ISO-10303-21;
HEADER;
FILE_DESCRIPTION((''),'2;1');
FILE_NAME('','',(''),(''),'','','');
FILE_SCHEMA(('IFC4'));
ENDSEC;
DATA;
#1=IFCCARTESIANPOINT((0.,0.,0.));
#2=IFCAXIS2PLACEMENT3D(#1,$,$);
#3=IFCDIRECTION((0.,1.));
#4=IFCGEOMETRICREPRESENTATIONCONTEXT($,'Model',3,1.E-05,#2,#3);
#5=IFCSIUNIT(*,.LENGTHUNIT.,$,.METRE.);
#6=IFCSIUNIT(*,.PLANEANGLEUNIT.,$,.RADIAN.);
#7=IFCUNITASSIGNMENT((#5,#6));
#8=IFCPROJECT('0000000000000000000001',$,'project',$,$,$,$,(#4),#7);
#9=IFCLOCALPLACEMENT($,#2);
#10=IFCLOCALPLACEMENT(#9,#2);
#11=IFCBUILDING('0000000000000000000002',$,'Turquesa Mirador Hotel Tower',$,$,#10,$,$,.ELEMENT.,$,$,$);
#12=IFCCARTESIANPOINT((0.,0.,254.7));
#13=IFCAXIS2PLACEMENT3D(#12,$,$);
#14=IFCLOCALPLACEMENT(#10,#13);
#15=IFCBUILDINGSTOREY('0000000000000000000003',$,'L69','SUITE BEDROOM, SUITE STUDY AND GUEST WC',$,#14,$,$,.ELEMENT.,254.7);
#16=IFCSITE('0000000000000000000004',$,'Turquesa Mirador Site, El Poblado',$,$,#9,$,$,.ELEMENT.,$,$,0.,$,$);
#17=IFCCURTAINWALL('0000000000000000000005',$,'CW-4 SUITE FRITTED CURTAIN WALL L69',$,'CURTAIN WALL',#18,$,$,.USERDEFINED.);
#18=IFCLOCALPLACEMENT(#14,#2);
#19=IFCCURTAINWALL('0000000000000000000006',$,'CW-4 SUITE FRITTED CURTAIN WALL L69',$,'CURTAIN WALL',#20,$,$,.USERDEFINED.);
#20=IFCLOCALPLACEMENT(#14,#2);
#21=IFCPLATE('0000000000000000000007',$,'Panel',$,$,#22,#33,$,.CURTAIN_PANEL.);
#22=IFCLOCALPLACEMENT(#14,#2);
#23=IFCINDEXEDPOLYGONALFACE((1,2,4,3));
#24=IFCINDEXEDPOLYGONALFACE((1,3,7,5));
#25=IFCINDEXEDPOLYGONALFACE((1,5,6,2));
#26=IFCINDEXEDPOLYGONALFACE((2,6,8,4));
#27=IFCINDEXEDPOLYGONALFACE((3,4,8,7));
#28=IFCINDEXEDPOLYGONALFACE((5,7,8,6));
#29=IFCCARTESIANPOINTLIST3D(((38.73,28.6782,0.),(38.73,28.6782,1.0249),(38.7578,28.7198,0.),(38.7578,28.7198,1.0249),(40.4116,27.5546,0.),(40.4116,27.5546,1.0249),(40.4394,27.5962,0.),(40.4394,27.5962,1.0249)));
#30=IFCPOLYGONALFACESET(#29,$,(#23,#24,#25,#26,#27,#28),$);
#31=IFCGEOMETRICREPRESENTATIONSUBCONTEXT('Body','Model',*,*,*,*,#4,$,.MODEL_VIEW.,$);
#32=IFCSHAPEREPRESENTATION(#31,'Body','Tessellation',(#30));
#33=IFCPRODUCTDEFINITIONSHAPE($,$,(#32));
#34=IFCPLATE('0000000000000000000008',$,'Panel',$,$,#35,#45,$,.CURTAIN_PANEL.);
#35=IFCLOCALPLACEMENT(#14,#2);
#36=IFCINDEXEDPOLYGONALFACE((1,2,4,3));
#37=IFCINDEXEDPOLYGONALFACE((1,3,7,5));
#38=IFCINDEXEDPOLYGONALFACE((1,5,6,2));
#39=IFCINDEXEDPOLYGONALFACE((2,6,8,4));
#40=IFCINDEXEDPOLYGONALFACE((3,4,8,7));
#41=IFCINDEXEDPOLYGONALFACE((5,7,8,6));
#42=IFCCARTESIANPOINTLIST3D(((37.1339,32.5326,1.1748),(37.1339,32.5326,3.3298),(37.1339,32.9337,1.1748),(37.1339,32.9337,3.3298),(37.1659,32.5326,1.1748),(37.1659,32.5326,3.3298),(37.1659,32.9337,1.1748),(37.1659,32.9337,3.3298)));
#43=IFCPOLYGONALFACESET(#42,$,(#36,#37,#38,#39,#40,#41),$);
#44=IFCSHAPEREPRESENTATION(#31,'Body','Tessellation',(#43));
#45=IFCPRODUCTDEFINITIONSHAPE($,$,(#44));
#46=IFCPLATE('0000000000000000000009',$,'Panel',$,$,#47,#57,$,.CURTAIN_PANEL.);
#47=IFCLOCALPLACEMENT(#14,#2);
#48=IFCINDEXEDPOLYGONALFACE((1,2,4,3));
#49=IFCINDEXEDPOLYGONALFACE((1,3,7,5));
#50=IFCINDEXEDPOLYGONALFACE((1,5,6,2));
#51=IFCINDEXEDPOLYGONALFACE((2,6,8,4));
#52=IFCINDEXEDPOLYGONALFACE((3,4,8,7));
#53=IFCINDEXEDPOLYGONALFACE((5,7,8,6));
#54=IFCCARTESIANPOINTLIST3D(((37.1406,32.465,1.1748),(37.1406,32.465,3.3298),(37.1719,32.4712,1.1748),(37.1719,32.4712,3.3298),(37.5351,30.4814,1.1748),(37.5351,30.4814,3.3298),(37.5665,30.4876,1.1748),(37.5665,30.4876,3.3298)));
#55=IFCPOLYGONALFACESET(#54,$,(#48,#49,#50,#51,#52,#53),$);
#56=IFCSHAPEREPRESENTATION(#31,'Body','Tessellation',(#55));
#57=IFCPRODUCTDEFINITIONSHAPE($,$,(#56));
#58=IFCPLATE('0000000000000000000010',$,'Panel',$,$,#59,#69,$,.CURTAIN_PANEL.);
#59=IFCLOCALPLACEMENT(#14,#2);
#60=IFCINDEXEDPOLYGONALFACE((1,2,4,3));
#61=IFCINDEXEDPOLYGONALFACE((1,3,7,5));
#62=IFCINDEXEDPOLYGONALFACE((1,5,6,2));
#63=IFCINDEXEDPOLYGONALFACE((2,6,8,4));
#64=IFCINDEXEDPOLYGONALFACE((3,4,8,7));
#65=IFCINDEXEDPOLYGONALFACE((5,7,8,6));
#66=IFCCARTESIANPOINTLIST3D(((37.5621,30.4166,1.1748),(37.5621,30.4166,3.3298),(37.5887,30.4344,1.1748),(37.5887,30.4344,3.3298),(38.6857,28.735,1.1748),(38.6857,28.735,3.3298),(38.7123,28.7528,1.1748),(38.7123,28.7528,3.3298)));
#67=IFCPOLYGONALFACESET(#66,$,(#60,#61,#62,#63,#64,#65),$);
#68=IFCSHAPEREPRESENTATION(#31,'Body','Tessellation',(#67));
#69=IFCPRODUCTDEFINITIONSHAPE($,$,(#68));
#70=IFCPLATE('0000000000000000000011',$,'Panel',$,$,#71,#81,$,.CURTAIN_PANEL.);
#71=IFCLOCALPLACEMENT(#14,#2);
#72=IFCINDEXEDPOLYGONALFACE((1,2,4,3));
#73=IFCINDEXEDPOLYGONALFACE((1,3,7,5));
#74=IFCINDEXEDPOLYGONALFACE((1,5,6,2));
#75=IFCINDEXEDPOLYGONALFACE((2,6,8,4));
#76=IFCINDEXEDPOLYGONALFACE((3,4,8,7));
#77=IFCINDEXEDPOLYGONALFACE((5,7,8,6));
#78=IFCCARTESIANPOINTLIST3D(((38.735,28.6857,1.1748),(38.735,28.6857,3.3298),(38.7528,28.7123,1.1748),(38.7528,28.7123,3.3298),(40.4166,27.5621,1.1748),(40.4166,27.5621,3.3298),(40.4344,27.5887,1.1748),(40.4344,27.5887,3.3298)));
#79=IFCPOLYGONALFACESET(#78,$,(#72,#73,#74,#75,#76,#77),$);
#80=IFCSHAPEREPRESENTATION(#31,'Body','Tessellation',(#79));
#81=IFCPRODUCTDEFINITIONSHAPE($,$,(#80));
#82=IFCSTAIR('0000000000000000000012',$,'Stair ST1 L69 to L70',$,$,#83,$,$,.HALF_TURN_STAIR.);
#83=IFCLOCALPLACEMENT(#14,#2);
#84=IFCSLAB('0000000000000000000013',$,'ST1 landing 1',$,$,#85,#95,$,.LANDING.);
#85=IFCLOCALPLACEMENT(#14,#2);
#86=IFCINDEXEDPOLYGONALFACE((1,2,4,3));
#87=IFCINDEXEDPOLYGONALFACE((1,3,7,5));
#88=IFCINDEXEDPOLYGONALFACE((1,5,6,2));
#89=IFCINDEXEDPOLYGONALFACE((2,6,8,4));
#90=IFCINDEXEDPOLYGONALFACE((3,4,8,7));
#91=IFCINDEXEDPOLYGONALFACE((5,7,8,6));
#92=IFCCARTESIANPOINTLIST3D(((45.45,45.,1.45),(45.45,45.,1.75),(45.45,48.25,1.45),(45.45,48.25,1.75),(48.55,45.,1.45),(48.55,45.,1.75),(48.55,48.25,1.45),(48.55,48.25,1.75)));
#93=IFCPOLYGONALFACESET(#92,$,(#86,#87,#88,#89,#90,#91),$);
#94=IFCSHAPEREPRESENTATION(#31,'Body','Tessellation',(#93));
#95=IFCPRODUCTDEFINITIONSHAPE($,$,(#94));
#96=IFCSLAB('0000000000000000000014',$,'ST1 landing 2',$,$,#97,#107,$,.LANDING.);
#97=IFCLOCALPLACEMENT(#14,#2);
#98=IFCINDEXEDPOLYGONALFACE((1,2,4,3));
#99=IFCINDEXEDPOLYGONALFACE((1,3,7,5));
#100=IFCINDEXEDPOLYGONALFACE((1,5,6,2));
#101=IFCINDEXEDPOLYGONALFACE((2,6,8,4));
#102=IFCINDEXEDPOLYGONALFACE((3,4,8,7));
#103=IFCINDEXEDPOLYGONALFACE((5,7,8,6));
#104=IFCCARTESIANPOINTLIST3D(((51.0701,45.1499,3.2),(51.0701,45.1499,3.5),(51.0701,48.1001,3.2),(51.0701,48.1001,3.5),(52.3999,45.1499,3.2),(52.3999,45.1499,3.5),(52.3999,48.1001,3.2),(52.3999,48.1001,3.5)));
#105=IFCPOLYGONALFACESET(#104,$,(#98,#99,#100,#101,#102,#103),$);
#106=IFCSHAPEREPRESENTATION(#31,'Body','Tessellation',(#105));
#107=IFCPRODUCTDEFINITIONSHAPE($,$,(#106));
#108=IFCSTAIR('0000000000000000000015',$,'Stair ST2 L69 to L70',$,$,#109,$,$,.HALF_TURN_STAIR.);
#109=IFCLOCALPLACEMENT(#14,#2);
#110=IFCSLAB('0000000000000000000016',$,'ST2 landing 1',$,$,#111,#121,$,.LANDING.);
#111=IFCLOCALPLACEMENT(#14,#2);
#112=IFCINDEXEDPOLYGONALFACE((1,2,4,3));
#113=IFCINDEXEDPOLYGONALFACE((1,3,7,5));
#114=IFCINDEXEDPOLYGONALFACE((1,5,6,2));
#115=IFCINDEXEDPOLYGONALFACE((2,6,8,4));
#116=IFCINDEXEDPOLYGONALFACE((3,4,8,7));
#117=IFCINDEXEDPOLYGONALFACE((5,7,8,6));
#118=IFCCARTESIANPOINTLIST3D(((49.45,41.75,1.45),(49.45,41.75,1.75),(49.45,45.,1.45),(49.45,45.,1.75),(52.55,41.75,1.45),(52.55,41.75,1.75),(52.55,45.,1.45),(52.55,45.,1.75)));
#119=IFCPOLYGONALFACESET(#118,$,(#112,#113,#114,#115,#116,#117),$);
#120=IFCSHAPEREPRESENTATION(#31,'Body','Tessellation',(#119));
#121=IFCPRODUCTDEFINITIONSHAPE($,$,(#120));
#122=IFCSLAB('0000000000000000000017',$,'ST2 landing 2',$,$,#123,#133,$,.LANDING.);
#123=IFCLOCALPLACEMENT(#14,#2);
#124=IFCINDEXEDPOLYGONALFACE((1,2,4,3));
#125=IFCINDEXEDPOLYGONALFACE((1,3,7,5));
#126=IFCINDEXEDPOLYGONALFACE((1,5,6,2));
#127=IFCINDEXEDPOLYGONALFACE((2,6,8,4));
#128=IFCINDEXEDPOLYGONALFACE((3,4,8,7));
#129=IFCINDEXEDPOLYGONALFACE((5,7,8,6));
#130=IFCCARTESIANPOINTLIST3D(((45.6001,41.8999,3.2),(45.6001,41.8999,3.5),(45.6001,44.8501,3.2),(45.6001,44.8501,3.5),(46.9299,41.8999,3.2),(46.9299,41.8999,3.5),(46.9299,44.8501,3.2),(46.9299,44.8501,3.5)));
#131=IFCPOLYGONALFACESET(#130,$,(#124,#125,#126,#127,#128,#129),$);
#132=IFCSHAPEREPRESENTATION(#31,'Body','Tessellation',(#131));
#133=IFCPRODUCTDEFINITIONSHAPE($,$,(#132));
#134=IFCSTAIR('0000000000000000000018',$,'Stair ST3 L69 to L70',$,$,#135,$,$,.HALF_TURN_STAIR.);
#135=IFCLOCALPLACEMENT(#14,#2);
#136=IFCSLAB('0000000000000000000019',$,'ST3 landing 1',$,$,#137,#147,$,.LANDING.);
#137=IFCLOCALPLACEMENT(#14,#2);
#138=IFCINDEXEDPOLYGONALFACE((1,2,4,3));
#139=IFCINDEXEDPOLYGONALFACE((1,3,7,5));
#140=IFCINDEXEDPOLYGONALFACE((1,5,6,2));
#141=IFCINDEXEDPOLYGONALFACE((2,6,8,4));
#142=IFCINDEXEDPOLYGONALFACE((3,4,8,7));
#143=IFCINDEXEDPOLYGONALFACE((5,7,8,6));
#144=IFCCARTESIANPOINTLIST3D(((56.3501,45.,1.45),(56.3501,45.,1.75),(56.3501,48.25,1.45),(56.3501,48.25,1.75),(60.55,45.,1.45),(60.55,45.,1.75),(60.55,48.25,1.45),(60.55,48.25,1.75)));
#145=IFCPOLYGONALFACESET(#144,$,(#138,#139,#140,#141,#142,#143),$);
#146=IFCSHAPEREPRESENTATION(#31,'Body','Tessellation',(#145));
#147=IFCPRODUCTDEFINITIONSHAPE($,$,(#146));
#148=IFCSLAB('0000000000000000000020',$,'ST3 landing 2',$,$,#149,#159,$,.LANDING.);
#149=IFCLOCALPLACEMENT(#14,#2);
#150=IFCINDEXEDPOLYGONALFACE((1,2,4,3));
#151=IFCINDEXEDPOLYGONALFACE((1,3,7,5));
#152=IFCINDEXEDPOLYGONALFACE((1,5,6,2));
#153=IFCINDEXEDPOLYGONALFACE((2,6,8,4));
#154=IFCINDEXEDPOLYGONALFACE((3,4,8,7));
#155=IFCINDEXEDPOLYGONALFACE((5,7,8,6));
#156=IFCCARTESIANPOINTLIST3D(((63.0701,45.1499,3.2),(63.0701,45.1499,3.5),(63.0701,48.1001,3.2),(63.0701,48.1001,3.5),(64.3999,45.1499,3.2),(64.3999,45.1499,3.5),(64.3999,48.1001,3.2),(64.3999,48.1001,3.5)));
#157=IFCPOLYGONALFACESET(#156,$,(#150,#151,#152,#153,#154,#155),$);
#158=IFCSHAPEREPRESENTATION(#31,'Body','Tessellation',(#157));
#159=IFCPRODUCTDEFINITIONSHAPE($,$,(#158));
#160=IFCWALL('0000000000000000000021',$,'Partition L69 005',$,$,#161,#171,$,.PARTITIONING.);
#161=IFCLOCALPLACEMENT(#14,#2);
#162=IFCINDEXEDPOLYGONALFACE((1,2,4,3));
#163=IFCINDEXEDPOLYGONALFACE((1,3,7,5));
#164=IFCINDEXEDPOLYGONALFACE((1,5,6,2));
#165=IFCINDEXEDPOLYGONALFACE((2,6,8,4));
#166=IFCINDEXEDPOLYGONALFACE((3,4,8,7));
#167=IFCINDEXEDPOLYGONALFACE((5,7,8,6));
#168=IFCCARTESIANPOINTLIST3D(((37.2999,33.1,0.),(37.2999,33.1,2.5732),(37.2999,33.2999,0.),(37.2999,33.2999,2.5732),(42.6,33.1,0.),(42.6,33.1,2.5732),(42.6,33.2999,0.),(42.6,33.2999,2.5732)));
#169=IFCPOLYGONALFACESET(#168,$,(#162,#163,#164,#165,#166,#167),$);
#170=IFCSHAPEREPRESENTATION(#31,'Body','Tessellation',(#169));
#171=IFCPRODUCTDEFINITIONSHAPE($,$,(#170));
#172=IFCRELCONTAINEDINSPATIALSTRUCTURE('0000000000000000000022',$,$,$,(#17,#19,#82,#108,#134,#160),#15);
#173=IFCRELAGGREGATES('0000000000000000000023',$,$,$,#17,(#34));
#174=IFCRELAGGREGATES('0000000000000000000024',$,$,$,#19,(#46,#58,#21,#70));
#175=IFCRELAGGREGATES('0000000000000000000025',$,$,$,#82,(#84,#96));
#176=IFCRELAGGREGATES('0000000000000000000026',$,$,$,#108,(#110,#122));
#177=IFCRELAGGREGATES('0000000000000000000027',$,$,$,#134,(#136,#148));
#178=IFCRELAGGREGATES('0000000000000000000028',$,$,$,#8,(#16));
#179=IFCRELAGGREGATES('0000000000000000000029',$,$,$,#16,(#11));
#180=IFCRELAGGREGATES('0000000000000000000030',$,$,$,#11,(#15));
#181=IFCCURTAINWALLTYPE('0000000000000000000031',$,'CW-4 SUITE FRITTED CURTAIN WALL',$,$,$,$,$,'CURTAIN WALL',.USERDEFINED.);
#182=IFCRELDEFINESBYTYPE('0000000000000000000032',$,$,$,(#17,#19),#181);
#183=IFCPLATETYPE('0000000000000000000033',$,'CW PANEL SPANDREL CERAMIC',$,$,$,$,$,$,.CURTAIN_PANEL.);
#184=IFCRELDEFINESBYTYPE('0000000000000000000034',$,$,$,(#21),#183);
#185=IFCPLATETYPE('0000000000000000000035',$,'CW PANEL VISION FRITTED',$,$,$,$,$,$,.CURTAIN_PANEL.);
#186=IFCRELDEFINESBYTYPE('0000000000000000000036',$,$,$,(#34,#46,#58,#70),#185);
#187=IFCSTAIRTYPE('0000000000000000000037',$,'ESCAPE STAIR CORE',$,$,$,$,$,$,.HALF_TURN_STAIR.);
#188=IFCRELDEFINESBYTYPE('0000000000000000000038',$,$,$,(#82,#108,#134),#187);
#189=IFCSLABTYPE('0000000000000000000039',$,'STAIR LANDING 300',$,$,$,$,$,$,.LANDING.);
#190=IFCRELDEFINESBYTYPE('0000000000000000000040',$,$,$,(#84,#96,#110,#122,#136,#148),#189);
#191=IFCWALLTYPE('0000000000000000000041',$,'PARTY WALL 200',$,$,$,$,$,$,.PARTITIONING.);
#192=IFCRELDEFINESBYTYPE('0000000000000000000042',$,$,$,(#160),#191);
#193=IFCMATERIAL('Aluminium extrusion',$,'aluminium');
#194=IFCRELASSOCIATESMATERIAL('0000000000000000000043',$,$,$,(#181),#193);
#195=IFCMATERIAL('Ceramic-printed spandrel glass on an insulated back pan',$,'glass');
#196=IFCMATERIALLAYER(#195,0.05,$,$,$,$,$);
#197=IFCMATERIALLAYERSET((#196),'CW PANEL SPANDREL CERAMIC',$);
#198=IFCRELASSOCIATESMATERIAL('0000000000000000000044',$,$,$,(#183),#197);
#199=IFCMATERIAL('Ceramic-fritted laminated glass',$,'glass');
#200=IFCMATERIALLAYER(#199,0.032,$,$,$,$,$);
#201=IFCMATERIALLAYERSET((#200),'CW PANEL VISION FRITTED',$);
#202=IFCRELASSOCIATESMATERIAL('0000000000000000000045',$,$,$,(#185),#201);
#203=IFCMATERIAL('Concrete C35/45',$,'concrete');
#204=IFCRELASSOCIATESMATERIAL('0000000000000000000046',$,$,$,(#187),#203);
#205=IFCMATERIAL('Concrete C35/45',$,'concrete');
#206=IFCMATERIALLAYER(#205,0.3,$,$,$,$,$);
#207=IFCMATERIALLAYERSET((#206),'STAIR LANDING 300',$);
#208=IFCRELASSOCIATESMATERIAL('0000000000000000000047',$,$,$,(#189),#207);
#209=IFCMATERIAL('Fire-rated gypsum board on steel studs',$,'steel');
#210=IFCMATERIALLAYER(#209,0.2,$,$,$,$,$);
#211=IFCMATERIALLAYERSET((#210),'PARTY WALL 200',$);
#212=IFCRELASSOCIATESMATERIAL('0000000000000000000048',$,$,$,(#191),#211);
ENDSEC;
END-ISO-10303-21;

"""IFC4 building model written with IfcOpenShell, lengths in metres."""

from ifc_helpers import new_model, si_unit, direction, frame, frame_2d, origin, origin_2d, place, context, subcontext, project, spatial, polyline, rectangle, outline, extrude, material, layer, layer_set, type_object, element, aggregate, save


model = new_model("IFC4")

# Units and contexts
model_context = context("Model", 3, precision=1e-05, world=origin(), true_north=direction((0.0, 1.0)))
body_context = subcontext(model_context, "Body", "Model", "MODEL_VIEW")
ifc_project = project(units=[si_unit("LENGTHUNIT", "METRE"), si_unit("PLANEANGLEUNIT", "RADIAN")], contexts=[model_context])

# Site, building, storey
site_placement = place(None, origin())
site = spatial("IfcSite", under=ifc_project, at=site_placement, Name="Turquesa Mirador Site, El Poblado", CompositionType="ELEMENT", RefElevation=0.0)
building_placement = place(site_placement, origin())
building = spatial("IfcBuilding", under=site, at=building_placement, Name="Turquesa Mirador Hotel Tower", CompositionType="ELEMENT")
storey_placement = place(building_placement, frame((0.0, 0.0, 254.7)))
storey = spatial("IfcBuildingStorey", under=building, at=storey_placement, Name="L69", Description="SUITE BEDROOM, SUITE STUDY AND GUEST WC", CompositionType="ELEMENT", Elevation=254.7)

# Curtain walls
ifc_material_1 = material(Name="Aluminium extrusion", Category="aluminium")
curtain_wall_type = type_object("IfcCurtainWallType", Name="CW-4 SUITE FRITTED CURTAIN WALL", ElementType="CURTAIN WALL", PredefinedType="USERDEFINED", material=ifc_material_1)
curtain_wall_1_placement = place(storey_placement, origin())
curtain_wall_1 = element("IfcCurtainWall", 1, at=curtain_wall_1_placement, inside=storey, type_object=curtain_wall_type, Name="CW-4 SUITE FRITTED CURTAIN WALL L69", ObjectType="CURTAIN WALL", PredefinedType="USERDEFINED")
curtain_wall_2_placement = place(storey_placement, origin())
curtain_wall_2 = element("IfcCurtainWall", 2, at=curtain_wall_2_placement, inside=storey, type_object=curtain_wall_type, Name="CW-4 SUITE FRITTED CURTAIN WALL L69", ObjectType="CURTAIN WALL", PredefinedType="USERDEFINED")

# Plates
ifc_material_2 = material(Name="Ceramic-printed spandrel glass on an insulated back pan", Category="glass")
ifc_layer_1 = layer(ifc_material_2, 0.05)
ifc_layer_set_1 = layer_set([ifc_layer_1], Name="CW PANEL SPANDREL CERAMIC")
plate_type_1 = type_object("IfcPlateType", Name="CW PANEL SPANDREL CERAMIC", PredefinedType="CURTAIN_PANEL", material=ifc_layer_set_1)
plate_1_placement = place(storey_placement, frame((39.5847, 28.1372, 0.0), z_axis=(0.0, 0.0, 1.0), x_axis=(0.83147, -0.55557, 0.0)))
plate_1 = element("IfcPlate", 3, at=plate_1_placement, type_object=plate_type_1, Name="Panel", PredefinedType="CURTAIN_PANEL", context=body_context, shape_type="SweptSolid", body=[
    extrude(rectangle(XDim=2.0225, YDim=0.05, at=origin_2d()), origin(), (0.0, 0.0, 1.0), 1.0249),
])
ifc_material_3 = material(Name="Ceramic-fritted laminated glass", Category="glass")
ifc_layer_2 = layer(ifc_material_3, 0.032)
ifc_layer_set_2 = layer_set([ifc_layer_2], Name="CW PANEL VISION FRITTED")
plate_type_2 = type_object("IfcPlateType", Name="CW PANEL VISION FRITTED", PredefinedType="CURTAIN_PANEL", material=ifc_layer_set_2)
plate_2_placement = place(storey_placement, frame((37.1499, 32.7332, 1.1748), z_axis=(0.0, 0.0, 1.0), x_axis=(0.0, -1.0, 0.0)))
plate_2 = element("IfcPlate", 4, at=plate_2_placement, type_object=plate_type_2, Name="Panel", PredefinedType="CURTAIN_PANEL", context=body_context, shape_type="SweptSolid", body=[
    extrude(rectangle(XDim=0.4011, YDim=0.032, at=origin_2d()), origin(), (0.0, 0.0, 1.0), 2.155),
])
aggregate(curtain_wall_1, [plate_2])
plate_3_placement = place(storey_placement, frame((37.3535, 31.4763, 1.1748), z_axis=(0.0, 0.0, 1.0), x_axis=(0.195091, -0.980785, 0.0)))
plate_3 = element("IfcPlate", 5, at=plate_3_placement, type_object=plate_type_2, Name="Panel", PredefinedType="CURTAIN_PANEL", context=body_context, shape_type="SweptSolid", body=[
    extrude(rectangle(XDim=2.0225, YDim=0.032, at=origin_2d()), origin(), (0.0, 0.0, 1.0), 2.155),
])
plate_4_placement = place(storey_placement, frame((38.1372, 29.5847, 1.1748), z_axis=(0.0, 0.0, 1.0), x_axis=(0.55557, -0.83147, 0.0)))
plate_4 = element("IfcPlate", 6, at=plate_4_placement, type_object=plate_type_2, Name="Panel", PredefinedType="CURTAIN_PANEL", context=body_context, shape_type="SweptSolid", body=[
    extrude(rectangle(XDim=2.0225, YDim=0.032, at=origin_2d()), origin(), (0.0, 0.0, 1.0), 2.155),
])
plate_5_placement = place(storey_placement, frame((39.5847, 28.1372, 1.1748), z_axis=(0.0, 0.0, 1.0), x_axis=(0.83147, -0.55557, 0.0)))
plate_5 = element("IfcPlate", 7, at=plate_5_placement, type_object=plate_type_2, Name="Panel", PredefinedType="CURTAIN_PANEL", context=body_context, shape_type="SweptSolid", body=[
    extrude(rectangle(XDim=2.0225, YDim=0.032, at=origin_2d()), origin(), (0.0, 0.0, 1.0), 2.155),
])
aggregate(curtain_wall_2, [plate_3, plate_4, plate_1, plate_5])

# Stairs, slabs
ifc_material_4 = material(Name="Concrete C35/45", Category="concrete")
stair_type = type_object("IfcStairType", Name="ESCAPE STAIR CORE", PredefinedType="HALF_TURN_STAIR", material=ifc_material_4)
stair_1_placement = place(storey_placement, origin())
stair_1 = element("IfcStair", 8, at=stair_1_placement, inside=storey, type_object=stair_type, Name="Stair ST1 L69 to L70", PredefinedType="HALF_TURN_STAIR")
ifc_material_5 = material(Name="Concrete C35/45", Category="concrete")
ifc_layer_3 = layer(ifc_material_5, 0.3)
ifc_layer_set_3 = layer_set([ifc_layer_3], Name="STAIR LANDING 300")
slab_type_1 = type_object("IfcSlabType", Name="STAIR LANDING 300", PredefinedType="LANDING", material=ifc_layer_set_3)
slab_1_placement = place(storey_placement, frame((0.0, 0.0, 1.45)))
slab_1 = element("IfcSlab", 9, at=slab_1_placement, type_object=slab_type_1, Name="ST1 landing 1", PredefinedType="LANDING", context=body_context, shape_type="SweptSolid", body=[
    extrude(outline(polyline([(45.45, 45.0), (48.55, 45.0), (48.55, 48.25), (45.45, 48.25), (45.45, 45.0)])), origin(), (0.0, 0.0, 1.0), 0.3),
])
slab_2_placement = place(storey_placement, frame((0.0, 0.0, 3.2)))
slab_2 = element("IfcSlab", 10, at=slab_2_placement, type_object=slab_type_1, Name="ST1 landing 2", PredefinedType="LANDING", context=body_context, shape_type="SweptSolid", body=[
    extrude(outline(polyline([(51.0701, 45.1499), (52.3999, 45.1499), (52.3999, 48.1001), (51.0701, 48.1001), (51.0701, 45.1499)])), origin(), (0.0, 0.0, 1.0), 0.3),
])
aggregate(stair_1, [slab_1, slab_2])
stair_2_placement = place(storey_placement, origin())
stair_2 = element("IfcStair", 11, at=stair_2_placement, inside=storey, type_object=stair_type, Name="Stair ST2 L69 to L70", PredefinedType="HALF_TURN_STAIR")
slab_3_placement = place(storey_placement, frame((0.0, 0.0, 1.45)))
slab_3 = element("IfcSlab", 12, at=slab_3_placement, type_object=slab_type_1, Name="ST2 landing 1", PredefinedType="LANDING", context=body_context, shape_type="SweptSolid", body=[
    extrude(outline(polyline([(52.55, 45.0), (49.45, 45.0), (49.45, 41.75), (52.55, 41.75), (52.55, 45.0)])), origin(), (0.0, 0.0, 1.0), 0.3),
])
slab_4_placement = place(storey_placement, frame((0.0, 0.0, 3.2)))
slab_4 = element("IfcSlab", 13, at=slab_4_placement, type_object=slab_type_1, Name="ST2 landing 2", PredefinedType="LANDING", context=body_context, shape_type="SweptSolid", body=[
    extrude(outline(polyline([(46.9299, 44.8501), (45.6001, 44.8501), (45.6001, 41.8999), (46.9299, 41.8999), (46.9299, 44.8501)])), origin(), (0.0, 0.0, 1.0), 0.3),
])
aggregate(stair_2, [slab_3, slab_4])
stair_3_placement = place(storey_placement, origin())
stair_3 = element("IfcStair", 14, at=stair_3_placement, inside=storey, type_object=stair_type, Name="Stair ST3 L69 to L70", PredefinedType="HALF_TURN_STAIR")
slab_5_placement = place(storey_placement, frame((0.0, 0.0, 1.45)))
slab_5 = element("IfcSlab", 15, at=slab_5_placement, type_object=slab_type_1, Name="ST3 landing 1", PredefinedType="LANDING", context=body_context, shape_type="SweptSolid", body=[
    extrude(outline(polyline([(56.3501, 45.0), (60.55, 45.0), (60.55, 48.25), (56.3501, 48.25), (56.3501, 45.0)])), origin(), (0.0, 0.0, 1.0), 0.3),
])
slab_6_placement = place(storey_placement, frame((0.0, 0.0, 3.2)))
slab_6 = element("IfcSlab", 16, at=slab_6_placement, type_object=slab_type_1, Name="ST3 landing 2", PredefinedType="LANDING", context=body_context, shape_type="SweptSolid", body=[
    extrude(outline(polyline([(63.0701, 45.1499), (64.3999, 45.1499), (64.3999, 48.1001), (63.0701, 48.1001), (63.0701, 45.1499)])), origin(), (0.0, 0.0, 1.0), 0.3),
])
aggregate(stair_3, [slab_5, slab_6])

# Wall
ifc_material_6 = material(Name="Fire-rated gypsum board on steel studs", Category="steel")
ifc_layer_4 = layer(ifc_material_6, 0.2)
ifc_layer_set_4 = layer_set([ifc_layer_4], Name="PARTY WALL 200")
wall_type = type_object("IfcWallType", Name="PARTY WALL 200", PredefinedType="PARTITIONING", material=ifc_layer_set_4)
wall_placement = place(storey_placement, frame((37.3, 33.2, 0.0), z_axis=(0.0, 0.0, 1.0), x_axis=(1.0, 0.0, 0.0)))
element("IfcWall", 17, at=wall_placement, inside=storey, type_object=wall_type, Name="Partition L69 005", PredefinedType="PARTITIONING", context=body_context, shape_type="SweptSolid", body=[
    extrude(rectangle(XDim=5.3, YDim=0.2, at=frame_2d((2.6499, 0.0))), origin(), (0.0, 0.0, 1.0), 2.5732),
])

save(model, "model.ifc")
